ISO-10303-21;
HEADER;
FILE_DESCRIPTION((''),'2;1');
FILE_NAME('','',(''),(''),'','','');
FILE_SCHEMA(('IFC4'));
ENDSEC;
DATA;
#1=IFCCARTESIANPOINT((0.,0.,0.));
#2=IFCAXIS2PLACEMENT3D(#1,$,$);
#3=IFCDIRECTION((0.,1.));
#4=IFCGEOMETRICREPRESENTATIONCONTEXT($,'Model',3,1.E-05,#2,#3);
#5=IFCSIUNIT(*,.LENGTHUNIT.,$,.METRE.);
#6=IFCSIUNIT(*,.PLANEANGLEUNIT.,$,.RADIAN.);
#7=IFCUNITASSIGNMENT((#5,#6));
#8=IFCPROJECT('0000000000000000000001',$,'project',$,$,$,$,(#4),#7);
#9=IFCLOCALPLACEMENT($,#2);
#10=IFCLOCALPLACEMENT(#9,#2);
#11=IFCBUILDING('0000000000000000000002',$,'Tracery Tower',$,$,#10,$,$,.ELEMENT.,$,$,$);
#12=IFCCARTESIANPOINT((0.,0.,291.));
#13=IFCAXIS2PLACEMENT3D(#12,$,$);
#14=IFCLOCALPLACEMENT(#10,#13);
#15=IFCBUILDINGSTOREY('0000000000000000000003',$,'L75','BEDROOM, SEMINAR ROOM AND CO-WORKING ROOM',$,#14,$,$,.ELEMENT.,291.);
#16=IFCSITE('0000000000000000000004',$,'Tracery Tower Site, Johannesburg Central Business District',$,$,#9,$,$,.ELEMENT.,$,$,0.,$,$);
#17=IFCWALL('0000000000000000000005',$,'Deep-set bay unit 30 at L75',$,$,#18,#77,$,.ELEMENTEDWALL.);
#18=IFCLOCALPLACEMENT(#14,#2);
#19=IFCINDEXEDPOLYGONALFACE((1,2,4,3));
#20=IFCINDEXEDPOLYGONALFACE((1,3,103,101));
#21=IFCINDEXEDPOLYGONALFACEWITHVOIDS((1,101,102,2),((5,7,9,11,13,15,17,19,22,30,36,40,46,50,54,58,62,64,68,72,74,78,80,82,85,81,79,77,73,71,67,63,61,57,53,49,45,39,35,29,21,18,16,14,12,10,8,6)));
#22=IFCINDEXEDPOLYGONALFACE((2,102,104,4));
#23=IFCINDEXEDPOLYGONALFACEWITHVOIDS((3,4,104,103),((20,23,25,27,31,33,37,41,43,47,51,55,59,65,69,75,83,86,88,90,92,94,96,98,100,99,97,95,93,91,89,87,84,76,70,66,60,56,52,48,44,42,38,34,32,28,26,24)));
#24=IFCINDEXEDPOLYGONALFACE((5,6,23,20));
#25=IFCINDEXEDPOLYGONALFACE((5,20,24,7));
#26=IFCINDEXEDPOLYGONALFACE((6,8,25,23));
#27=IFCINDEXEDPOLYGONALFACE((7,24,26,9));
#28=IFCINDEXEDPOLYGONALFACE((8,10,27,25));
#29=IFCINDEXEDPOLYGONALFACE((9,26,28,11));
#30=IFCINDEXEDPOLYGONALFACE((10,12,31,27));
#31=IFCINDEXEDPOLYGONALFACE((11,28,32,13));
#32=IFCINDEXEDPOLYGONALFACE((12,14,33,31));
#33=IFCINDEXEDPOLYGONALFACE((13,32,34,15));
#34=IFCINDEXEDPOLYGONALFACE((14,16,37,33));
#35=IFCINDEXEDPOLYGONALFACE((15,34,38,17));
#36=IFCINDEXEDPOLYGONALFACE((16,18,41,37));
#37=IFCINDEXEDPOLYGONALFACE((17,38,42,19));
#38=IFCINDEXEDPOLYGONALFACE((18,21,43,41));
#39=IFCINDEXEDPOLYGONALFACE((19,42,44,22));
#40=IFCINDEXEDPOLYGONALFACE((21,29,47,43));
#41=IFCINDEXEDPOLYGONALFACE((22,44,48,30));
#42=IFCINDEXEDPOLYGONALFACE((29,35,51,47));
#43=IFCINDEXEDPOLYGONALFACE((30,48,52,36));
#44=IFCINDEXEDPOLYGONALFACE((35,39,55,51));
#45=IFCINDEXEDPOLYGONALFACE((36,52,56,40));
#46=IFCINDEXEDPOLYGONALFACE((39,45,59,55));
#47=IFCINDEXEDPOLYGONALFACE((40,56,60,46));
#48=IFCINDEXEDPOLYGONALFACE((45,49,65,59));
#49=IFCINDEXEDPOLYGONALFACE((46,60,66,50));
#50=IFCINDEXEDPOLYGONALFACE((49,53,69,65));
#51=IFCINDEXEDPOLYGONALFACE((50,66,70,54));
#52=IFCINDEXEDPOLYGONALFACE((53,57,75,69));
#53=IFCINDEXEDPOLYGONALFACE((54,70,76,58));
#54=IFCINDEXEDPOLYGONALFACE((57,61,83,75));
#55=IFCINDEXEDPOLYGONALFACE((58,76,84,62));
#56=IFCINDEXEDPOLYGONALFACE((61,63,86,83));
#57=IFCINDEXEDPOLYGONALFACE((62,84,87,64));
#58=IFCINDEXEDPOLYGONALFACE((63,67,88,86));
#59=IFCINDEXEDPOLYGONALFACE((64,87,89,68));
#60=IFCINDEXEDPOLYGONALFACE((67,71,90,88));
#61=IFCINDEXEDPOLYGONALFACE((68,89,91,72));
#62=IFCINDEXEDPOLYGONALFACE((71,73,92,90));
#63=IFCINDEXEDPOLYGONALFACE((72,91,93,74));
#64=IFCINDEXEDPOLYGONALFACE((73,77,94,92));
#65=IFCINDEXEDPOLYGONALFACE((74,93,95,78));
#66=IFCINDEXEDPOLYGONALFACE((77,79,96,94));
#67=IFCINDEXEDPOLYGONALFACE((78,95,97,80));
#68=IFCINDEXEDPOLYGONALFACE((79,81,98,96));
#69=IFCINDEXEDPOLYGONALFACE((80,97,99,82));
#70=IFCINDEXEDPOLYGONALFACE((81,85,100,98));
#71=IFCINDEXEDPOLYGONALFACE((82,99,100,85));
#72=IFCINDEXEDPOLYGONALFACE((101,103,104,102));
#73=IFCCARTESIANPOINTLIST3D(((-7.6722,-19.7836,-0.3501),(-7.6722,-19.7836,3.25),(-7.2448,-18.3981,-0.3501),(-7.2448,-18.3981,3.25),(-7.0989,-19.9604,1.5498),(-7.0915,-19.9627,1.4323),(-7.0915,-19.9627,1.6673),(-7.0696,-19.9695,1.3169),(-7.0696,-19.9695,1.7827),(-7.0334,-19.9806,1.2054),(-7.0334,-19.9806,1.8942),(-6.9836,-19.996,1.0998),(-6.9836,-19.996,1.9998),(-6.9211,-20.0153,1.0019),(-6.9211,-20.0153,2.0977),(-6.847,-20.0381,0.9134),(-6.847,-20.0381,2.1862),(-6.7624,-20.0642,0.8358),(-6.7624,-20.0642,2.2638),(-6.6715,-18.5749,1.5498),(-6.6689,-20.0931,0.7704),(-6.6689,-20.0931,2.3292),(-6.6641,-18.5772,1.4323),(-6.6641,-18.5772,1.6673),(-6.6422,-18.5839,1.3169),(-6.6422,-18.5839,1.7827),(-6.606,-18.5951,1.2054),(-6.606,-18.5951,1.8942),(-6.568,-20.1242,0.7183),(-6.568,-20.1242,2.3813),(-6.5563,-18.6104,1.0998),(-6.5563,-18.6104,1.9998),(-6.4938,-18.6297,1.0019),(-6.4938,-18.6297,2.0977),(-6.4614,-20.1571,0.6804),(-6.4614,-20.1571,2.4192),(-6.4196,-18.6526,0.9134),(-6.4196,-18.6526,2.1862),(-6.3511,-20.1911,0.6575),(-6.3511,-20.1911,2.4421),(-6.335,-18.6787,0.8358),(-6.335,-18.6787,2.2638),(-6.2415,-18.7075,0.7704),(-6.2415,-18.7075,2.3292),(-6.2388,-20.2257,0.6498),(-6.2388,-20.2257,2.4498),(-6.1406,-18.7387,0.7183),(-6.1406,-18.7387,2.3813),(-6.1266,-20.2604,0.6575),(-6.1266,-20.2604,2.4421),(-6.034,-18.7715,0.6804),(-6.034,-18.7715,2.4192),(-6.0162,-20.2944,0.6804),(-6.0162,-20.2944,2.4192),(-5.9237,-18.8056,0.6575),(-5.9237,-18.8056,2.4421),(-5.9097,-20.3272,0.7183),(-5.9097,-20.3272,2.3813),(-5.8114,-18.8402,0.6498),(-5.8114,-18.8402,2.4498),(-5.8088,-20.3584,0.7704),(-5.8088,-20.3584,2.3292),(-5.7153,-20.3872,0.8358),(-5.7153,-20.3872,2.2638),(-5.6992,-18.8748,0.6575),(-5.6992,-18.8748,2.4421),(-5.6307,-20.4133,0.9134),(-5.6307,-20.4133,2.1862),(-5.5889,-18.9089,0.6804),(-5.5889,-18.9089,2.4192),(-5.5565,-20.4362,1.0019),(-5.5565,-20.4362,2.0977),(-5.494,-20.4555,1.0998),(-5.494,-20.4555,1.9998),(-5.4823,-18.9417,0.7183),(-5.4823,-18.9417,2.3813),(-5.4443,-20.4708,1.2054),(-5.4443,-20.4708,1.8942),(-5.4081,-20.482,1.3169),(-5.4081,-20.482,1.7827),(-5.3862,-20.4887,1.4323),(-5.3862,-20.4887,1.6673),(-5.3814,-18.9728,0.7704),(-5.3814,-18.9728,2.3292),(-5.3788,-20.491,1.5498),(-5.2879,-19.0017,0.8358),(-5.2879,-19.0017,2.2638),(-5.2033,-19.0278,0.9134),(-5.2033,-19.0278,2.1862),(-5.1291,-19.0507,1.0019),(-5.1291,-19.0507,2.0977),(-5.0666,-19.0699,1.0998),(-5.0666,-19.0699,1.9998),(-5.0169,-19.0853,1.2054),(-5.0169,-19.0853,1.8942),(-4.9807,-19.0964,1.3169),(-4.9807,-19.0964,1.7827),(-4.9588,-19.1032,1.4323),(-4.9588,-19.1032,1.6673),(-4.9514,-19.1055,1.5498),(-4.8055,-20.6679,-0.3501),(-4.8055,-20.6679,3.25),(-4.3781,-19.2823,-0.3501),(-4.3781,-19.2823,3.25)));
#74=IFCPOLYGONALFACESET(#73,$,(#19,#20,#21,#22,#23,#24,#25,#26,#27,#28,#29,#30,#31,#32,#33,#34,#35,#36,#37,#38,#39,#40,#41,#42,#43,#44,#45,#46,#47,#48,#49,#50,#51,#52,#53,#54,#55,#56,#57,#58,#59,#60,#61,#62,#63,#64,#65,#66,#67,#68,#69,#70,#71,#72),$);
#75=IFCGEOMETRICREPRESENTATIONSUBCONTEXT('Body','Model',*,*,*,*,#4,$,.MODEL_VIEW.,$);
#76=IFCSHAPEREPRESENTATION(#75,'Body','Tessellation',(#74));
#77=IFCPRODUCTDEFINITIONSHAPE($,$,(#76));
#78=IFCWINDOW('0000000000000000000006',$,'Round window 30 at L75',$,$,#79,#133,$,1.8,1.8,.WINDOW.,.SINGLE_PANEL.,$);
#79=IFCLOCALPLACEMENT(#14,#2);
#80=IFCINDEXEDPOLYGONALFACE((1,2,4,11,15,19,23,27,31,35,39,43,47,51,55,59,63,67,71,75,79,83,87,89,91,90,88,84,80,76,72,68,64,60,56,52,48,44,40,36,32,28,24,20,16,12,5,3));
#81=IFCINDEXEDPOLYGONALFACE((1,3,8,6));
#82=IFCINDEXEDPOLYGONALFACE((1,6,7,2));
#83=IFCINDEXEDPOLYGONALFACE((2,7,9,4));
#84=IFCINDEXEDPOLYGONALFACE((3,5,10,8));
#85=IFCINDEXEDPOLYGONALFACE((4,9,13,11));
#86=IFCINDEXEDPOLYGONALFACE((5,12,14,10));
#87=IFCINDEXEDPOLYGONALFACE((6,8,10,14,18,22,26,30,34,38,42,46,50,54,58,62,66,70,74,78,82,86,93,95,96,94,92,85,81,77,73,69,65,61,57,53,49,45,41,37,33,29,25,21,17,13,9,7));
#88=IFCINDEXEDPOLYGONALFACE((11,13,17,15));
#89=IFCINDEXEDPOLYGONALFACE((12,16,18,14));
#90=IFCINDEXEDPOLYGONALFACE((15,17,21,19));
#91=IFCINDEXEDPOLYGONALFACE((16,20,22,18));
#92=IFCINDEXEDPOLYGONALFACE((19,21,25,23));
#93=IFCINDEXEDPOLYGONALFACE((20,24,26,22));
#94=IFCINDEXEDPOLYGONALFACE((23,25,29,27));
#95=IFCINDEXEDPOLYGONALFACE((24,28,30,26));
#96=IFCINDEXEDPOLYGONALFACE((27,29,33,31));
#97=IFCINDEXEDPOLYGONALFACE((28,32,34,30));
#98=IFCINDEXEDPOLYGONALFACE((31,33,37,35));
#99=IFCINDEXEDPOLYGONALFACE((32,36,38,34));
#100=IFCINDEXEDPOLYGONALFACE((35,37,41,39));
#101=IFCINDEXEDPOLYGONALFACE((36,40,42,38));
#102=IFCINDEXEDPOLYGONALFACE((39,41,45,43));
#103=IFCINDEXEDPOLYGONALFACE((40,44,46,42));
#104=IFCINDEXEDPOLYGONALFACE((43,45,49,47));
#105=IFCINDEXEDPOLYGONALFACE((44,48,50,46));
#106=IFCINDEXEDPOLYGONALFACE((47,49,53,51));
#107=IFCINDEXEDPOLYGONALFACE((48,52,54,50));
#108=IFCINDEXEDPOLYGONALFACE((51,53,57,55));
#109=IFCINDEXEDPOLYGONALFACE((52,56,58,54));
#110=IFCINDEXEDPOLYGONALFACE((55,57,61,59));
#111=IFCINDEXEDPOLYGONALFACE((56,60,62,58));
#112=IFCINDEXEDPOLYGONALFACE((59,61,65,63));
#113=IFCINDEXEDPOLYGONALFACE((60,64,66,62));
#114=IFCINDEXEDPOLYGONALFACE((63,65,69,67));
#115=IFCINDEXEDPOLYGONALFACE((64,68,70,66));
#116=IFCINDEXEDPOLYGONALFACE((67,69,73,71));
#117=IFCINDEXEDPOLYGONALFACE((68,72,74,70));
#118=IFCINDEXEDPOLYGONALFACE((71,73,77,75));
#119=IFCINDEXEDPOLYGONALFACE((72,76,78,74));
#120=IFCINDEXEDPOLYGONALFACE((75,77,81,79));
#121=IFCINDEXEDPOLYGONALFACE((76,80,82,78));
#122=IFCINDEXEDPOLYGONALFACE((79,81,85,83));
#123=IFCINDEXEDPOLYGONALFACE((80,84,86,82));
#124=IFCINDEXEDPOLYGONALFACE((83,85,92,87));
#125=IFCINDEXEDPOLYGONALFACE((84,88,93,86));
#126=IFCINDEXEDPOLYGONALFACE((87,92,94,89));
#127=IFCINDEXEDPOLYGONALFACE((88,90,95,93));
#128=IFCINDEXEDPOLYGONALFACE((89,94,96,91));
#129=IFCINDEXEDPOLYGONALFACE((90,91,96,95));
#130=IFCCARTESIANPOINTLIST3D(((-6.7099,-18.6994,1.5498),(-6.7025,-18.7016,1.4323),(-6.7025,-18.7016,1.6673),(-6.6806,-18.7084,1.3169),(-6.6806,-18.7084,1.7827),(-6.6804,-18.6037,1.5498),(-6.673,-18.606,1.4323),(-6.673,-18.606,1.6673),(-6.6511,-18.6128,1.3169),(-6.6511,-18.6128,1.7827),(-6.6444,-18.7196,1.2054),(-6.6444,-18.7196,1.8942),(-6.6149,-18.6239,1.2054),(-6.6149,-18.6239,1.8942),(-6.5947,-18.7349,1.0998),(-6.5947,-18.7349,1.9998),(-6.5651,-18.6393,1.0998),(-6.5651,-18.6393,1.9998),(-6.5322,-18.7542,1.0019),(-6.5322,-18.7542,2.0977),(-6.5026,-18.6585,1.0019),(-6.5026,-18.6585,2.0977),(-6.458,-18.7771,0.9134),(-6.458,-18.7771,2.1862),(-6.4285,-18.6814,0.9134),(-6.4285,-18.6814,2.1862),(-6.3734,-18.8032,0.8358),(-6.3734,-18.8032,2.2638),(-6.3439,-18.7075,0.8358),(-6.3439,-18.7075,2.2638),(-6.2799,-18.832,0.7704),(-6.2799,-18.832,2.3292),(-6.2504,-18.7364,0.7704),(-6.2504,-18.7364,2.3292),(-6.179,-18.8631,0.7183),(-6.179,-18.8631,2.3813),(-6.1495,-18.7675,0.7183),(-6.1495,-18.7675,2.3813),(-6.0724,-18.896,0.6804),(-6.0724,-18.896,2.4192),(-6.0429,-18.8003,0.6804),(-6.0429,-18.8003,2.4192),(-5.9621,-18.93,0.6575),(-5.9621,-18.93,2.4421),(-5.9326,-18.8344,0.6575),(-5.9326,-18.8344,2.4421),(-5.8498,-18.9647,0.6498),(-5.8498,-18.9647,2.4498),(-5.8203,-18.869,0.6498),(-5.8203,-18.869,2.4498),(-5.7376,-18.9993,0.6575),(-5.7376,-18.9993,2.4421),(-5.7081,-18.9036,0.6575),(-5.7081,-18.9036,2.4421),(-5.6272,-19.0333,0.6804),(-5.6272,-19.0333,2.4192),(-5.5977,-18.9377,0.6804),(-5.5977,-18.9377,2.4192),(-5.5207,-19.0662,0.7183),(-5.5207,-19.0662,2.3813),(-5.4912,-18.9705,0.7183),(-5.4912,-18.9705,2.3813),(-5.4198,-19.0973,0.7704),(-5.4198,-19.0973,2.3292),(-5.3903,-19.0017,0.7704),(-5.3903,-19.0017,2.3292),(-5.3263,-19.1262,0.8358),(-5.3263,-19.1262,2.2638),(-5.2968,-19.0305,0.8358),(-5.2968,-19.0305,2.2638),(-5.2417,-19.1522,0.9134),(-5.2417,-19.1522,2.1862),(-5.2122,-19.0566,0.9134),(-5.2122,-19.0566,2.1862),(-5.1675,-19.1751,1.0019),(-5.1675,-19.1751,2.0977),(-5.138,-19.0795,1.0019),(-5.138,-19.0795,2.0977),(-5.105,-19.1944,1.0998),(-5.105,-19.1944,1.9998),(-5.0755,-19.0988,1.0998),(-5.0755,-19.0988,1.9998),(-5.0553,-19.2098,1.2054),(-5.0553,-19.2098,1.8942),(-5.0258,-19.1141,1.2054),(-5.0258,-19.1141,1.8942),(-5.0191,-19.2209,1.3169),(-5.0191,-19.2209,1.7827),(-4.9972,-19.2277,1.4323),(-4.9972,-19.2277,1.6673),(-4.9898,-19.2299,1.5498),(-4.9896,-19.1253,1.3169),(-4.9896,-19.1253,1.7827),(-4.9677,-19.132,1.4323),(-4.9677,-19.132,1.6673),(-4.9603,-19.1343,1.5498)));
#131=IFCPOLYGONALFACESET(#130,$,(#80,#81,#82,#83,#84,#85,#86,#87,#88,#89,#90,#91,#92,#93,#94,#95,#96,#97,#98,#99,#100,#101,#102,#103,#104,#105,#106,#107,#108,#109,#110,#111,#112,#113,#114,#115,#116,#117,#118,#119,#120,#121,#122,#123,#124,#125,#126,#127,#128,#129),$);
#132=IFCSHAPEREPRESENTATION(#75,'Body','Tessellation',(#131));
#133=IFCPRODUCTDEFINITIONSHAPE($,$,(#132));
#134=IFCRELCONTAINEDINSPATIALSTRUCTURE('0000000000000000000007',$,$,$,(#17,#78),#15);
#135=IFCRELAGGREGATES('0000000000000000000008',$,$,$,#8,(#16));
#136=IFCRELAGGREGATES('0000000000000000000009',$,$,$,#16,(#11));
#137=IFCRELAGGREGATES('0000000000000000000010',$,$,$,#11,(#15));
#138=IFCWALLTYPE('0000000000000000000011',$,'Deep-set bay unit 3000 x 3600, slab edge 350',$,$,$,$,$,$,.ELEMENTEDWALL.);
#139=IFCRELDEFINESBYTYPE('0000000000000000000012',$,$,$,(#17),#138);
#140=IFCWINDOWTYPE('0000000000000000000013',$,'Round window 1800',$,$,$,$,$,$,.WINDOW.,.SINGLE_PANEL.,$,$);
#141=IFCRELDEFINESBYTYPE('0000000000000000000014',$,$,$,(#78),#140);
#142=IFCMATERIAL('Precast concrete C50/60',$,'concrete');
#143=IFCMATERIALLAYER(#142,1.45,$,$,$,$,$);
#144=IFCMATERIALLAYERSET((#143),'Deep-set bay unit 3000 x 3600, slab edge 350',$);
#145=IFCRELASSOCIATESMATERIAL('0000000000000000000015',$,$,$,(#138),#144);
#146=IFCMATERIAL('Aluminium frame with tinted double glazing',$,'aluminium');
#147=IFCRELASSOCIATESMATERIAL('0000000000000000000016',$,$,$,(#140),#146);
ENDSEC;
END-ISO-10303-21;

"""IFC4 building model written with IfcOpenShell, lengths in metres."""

from ifc_helpers import new_model, si_unit, direction, frame, frame_2d, origin, origin_2d, place, context, subcontext, project, spatial, rectangle, circle, extrude, material, layer, layer_set, type_object, element, fill, save


model = new_model("IFC4")

# Units and contexts
model_context = context("Model", 3, precision=1e-05, world=origin(), true_north=direction((0.0, 1.0)))
body_context = subcontext(model_context, "Body", "Model", "MODEL_VIEW")
ifc_project = project(units=[si_unit("LENGTHUNIT", "METRE"), si_unit("PLANEANGLEUNIT", "RADIAN")], contexts=[model_context])

# Site, building, storey
site_placement = place(None, origin())
site = spatial("IfcSite", under=ifc_project, at=site_placement, Name="Tracery Tower Site, Johannesburg Central Business District", CompositionType="ELEMENT", RefElevation=0.0)
building_placement = place(site_placement, origin())
building = spatial("IfcBuilding", under=site, at=building_placement, Name="Tracery Tower", CompositionType="ELEMENT")
storey_placement = place(building_placement, frame((0.0, 0.0, 291.0)))
storey = spatial("IfcBuildingStorey", under=building, at=storey_placement, Name="L75", Description="BEDROOM, SEMINAR ROOM AND CO-WORKING ROOM", CompositionType="ELEMENT", Elevation=291.0)

# Wall, opening, window
ifc_material_1 = material(Name="Precast concrete C50/60", Category="concrete")
ifc_layer_1 = layer(ifc_material_1, 1.45)
ifc_layer_set_1 = layer_set([ifc_layer_1], Name="Deep-set bay unit 3000 x 3600, slab edge 350")
wall_type_1 = type_object("IfcWallType", Name="Deep-set bay unit 3000 x 3600, slab edge 350", PredefinedType="ELEMENTEDWALL", material=ifc_layer_set_1)
wall_1_placement = place(storey_placement, frame((-7.4585, -19.0908, -0.3501), z_axis=(0.0, 0.0, 1.0), x_axis=(0.955571, -0.294761, 0.0)))
wall_1 = element("IfcWall", 1, at=wall_1_placement, inside=storey, type_object=wall_type_1, Name="Deep-set bay unit 30 at L75", PredefinedType="ELEMENTEDWALL", context=body_context, shape_type="SweptSolid", body=[
    extrude(rectangle(XDim=3.0, YDim=1.45, at=frame_2d((1.5, 0.0))), origin(), (0.0, 0.0, 1.0), 3.6001),
])
opening_1_placement = place(wall_1_placement, frame((1.5, 0.0, 1.8999)))
opening_1 = element("IfcOpeningElement", 2, at=opening_1_placement, cuts=wall_1, PredefinedType="OPENING", context=body_context, shape_type="SweptSolid", body=[
    extrude(circle(Radius=0.9, at=origin_2d()), frame((0.0, 0.7349, 0.0), z_axis=(0.0, -1.0, 0.0), x_axis=(1.0, 0.0, 0.0)), (0.0, 0.0, 1.0), 1.47),
])
ifc_material_2 = material(Name="Aluminium frame with tinted double glazing", Category="aluminium")
window_type = type_object("IfcWindowType", Name="Round window 1800", PartitioningType="SINGLE_PANEL", PredefinedType="WINDOW", material=ifc_material_2)
window_1_placement = place(opening_1_placement, origin())
window_1 = element("IfcWindow", 3, at=window_1_placement, inside=storey, type_object=window_type, Name="Round window 30 at L75", OverallHeight=1.8, OverallWidth=1.8, PartitioningType="SINGLE_PANEL", PredefinedType="WINDOW", context=body_context, shape_type="SweptSolid", body=[
    extrude(circle(Radius=0.9, at=origin_2d()), frame((0.0, 0.6948, 0.0), z_axis=(0.0, -1.0, 0.0), x_axis=(1.0, 0.0, 0.0)), (0.0, 0.0, 1.0), 0.1001),
])
fill(opening_1, window_1)

save(model, "model.ifc")
